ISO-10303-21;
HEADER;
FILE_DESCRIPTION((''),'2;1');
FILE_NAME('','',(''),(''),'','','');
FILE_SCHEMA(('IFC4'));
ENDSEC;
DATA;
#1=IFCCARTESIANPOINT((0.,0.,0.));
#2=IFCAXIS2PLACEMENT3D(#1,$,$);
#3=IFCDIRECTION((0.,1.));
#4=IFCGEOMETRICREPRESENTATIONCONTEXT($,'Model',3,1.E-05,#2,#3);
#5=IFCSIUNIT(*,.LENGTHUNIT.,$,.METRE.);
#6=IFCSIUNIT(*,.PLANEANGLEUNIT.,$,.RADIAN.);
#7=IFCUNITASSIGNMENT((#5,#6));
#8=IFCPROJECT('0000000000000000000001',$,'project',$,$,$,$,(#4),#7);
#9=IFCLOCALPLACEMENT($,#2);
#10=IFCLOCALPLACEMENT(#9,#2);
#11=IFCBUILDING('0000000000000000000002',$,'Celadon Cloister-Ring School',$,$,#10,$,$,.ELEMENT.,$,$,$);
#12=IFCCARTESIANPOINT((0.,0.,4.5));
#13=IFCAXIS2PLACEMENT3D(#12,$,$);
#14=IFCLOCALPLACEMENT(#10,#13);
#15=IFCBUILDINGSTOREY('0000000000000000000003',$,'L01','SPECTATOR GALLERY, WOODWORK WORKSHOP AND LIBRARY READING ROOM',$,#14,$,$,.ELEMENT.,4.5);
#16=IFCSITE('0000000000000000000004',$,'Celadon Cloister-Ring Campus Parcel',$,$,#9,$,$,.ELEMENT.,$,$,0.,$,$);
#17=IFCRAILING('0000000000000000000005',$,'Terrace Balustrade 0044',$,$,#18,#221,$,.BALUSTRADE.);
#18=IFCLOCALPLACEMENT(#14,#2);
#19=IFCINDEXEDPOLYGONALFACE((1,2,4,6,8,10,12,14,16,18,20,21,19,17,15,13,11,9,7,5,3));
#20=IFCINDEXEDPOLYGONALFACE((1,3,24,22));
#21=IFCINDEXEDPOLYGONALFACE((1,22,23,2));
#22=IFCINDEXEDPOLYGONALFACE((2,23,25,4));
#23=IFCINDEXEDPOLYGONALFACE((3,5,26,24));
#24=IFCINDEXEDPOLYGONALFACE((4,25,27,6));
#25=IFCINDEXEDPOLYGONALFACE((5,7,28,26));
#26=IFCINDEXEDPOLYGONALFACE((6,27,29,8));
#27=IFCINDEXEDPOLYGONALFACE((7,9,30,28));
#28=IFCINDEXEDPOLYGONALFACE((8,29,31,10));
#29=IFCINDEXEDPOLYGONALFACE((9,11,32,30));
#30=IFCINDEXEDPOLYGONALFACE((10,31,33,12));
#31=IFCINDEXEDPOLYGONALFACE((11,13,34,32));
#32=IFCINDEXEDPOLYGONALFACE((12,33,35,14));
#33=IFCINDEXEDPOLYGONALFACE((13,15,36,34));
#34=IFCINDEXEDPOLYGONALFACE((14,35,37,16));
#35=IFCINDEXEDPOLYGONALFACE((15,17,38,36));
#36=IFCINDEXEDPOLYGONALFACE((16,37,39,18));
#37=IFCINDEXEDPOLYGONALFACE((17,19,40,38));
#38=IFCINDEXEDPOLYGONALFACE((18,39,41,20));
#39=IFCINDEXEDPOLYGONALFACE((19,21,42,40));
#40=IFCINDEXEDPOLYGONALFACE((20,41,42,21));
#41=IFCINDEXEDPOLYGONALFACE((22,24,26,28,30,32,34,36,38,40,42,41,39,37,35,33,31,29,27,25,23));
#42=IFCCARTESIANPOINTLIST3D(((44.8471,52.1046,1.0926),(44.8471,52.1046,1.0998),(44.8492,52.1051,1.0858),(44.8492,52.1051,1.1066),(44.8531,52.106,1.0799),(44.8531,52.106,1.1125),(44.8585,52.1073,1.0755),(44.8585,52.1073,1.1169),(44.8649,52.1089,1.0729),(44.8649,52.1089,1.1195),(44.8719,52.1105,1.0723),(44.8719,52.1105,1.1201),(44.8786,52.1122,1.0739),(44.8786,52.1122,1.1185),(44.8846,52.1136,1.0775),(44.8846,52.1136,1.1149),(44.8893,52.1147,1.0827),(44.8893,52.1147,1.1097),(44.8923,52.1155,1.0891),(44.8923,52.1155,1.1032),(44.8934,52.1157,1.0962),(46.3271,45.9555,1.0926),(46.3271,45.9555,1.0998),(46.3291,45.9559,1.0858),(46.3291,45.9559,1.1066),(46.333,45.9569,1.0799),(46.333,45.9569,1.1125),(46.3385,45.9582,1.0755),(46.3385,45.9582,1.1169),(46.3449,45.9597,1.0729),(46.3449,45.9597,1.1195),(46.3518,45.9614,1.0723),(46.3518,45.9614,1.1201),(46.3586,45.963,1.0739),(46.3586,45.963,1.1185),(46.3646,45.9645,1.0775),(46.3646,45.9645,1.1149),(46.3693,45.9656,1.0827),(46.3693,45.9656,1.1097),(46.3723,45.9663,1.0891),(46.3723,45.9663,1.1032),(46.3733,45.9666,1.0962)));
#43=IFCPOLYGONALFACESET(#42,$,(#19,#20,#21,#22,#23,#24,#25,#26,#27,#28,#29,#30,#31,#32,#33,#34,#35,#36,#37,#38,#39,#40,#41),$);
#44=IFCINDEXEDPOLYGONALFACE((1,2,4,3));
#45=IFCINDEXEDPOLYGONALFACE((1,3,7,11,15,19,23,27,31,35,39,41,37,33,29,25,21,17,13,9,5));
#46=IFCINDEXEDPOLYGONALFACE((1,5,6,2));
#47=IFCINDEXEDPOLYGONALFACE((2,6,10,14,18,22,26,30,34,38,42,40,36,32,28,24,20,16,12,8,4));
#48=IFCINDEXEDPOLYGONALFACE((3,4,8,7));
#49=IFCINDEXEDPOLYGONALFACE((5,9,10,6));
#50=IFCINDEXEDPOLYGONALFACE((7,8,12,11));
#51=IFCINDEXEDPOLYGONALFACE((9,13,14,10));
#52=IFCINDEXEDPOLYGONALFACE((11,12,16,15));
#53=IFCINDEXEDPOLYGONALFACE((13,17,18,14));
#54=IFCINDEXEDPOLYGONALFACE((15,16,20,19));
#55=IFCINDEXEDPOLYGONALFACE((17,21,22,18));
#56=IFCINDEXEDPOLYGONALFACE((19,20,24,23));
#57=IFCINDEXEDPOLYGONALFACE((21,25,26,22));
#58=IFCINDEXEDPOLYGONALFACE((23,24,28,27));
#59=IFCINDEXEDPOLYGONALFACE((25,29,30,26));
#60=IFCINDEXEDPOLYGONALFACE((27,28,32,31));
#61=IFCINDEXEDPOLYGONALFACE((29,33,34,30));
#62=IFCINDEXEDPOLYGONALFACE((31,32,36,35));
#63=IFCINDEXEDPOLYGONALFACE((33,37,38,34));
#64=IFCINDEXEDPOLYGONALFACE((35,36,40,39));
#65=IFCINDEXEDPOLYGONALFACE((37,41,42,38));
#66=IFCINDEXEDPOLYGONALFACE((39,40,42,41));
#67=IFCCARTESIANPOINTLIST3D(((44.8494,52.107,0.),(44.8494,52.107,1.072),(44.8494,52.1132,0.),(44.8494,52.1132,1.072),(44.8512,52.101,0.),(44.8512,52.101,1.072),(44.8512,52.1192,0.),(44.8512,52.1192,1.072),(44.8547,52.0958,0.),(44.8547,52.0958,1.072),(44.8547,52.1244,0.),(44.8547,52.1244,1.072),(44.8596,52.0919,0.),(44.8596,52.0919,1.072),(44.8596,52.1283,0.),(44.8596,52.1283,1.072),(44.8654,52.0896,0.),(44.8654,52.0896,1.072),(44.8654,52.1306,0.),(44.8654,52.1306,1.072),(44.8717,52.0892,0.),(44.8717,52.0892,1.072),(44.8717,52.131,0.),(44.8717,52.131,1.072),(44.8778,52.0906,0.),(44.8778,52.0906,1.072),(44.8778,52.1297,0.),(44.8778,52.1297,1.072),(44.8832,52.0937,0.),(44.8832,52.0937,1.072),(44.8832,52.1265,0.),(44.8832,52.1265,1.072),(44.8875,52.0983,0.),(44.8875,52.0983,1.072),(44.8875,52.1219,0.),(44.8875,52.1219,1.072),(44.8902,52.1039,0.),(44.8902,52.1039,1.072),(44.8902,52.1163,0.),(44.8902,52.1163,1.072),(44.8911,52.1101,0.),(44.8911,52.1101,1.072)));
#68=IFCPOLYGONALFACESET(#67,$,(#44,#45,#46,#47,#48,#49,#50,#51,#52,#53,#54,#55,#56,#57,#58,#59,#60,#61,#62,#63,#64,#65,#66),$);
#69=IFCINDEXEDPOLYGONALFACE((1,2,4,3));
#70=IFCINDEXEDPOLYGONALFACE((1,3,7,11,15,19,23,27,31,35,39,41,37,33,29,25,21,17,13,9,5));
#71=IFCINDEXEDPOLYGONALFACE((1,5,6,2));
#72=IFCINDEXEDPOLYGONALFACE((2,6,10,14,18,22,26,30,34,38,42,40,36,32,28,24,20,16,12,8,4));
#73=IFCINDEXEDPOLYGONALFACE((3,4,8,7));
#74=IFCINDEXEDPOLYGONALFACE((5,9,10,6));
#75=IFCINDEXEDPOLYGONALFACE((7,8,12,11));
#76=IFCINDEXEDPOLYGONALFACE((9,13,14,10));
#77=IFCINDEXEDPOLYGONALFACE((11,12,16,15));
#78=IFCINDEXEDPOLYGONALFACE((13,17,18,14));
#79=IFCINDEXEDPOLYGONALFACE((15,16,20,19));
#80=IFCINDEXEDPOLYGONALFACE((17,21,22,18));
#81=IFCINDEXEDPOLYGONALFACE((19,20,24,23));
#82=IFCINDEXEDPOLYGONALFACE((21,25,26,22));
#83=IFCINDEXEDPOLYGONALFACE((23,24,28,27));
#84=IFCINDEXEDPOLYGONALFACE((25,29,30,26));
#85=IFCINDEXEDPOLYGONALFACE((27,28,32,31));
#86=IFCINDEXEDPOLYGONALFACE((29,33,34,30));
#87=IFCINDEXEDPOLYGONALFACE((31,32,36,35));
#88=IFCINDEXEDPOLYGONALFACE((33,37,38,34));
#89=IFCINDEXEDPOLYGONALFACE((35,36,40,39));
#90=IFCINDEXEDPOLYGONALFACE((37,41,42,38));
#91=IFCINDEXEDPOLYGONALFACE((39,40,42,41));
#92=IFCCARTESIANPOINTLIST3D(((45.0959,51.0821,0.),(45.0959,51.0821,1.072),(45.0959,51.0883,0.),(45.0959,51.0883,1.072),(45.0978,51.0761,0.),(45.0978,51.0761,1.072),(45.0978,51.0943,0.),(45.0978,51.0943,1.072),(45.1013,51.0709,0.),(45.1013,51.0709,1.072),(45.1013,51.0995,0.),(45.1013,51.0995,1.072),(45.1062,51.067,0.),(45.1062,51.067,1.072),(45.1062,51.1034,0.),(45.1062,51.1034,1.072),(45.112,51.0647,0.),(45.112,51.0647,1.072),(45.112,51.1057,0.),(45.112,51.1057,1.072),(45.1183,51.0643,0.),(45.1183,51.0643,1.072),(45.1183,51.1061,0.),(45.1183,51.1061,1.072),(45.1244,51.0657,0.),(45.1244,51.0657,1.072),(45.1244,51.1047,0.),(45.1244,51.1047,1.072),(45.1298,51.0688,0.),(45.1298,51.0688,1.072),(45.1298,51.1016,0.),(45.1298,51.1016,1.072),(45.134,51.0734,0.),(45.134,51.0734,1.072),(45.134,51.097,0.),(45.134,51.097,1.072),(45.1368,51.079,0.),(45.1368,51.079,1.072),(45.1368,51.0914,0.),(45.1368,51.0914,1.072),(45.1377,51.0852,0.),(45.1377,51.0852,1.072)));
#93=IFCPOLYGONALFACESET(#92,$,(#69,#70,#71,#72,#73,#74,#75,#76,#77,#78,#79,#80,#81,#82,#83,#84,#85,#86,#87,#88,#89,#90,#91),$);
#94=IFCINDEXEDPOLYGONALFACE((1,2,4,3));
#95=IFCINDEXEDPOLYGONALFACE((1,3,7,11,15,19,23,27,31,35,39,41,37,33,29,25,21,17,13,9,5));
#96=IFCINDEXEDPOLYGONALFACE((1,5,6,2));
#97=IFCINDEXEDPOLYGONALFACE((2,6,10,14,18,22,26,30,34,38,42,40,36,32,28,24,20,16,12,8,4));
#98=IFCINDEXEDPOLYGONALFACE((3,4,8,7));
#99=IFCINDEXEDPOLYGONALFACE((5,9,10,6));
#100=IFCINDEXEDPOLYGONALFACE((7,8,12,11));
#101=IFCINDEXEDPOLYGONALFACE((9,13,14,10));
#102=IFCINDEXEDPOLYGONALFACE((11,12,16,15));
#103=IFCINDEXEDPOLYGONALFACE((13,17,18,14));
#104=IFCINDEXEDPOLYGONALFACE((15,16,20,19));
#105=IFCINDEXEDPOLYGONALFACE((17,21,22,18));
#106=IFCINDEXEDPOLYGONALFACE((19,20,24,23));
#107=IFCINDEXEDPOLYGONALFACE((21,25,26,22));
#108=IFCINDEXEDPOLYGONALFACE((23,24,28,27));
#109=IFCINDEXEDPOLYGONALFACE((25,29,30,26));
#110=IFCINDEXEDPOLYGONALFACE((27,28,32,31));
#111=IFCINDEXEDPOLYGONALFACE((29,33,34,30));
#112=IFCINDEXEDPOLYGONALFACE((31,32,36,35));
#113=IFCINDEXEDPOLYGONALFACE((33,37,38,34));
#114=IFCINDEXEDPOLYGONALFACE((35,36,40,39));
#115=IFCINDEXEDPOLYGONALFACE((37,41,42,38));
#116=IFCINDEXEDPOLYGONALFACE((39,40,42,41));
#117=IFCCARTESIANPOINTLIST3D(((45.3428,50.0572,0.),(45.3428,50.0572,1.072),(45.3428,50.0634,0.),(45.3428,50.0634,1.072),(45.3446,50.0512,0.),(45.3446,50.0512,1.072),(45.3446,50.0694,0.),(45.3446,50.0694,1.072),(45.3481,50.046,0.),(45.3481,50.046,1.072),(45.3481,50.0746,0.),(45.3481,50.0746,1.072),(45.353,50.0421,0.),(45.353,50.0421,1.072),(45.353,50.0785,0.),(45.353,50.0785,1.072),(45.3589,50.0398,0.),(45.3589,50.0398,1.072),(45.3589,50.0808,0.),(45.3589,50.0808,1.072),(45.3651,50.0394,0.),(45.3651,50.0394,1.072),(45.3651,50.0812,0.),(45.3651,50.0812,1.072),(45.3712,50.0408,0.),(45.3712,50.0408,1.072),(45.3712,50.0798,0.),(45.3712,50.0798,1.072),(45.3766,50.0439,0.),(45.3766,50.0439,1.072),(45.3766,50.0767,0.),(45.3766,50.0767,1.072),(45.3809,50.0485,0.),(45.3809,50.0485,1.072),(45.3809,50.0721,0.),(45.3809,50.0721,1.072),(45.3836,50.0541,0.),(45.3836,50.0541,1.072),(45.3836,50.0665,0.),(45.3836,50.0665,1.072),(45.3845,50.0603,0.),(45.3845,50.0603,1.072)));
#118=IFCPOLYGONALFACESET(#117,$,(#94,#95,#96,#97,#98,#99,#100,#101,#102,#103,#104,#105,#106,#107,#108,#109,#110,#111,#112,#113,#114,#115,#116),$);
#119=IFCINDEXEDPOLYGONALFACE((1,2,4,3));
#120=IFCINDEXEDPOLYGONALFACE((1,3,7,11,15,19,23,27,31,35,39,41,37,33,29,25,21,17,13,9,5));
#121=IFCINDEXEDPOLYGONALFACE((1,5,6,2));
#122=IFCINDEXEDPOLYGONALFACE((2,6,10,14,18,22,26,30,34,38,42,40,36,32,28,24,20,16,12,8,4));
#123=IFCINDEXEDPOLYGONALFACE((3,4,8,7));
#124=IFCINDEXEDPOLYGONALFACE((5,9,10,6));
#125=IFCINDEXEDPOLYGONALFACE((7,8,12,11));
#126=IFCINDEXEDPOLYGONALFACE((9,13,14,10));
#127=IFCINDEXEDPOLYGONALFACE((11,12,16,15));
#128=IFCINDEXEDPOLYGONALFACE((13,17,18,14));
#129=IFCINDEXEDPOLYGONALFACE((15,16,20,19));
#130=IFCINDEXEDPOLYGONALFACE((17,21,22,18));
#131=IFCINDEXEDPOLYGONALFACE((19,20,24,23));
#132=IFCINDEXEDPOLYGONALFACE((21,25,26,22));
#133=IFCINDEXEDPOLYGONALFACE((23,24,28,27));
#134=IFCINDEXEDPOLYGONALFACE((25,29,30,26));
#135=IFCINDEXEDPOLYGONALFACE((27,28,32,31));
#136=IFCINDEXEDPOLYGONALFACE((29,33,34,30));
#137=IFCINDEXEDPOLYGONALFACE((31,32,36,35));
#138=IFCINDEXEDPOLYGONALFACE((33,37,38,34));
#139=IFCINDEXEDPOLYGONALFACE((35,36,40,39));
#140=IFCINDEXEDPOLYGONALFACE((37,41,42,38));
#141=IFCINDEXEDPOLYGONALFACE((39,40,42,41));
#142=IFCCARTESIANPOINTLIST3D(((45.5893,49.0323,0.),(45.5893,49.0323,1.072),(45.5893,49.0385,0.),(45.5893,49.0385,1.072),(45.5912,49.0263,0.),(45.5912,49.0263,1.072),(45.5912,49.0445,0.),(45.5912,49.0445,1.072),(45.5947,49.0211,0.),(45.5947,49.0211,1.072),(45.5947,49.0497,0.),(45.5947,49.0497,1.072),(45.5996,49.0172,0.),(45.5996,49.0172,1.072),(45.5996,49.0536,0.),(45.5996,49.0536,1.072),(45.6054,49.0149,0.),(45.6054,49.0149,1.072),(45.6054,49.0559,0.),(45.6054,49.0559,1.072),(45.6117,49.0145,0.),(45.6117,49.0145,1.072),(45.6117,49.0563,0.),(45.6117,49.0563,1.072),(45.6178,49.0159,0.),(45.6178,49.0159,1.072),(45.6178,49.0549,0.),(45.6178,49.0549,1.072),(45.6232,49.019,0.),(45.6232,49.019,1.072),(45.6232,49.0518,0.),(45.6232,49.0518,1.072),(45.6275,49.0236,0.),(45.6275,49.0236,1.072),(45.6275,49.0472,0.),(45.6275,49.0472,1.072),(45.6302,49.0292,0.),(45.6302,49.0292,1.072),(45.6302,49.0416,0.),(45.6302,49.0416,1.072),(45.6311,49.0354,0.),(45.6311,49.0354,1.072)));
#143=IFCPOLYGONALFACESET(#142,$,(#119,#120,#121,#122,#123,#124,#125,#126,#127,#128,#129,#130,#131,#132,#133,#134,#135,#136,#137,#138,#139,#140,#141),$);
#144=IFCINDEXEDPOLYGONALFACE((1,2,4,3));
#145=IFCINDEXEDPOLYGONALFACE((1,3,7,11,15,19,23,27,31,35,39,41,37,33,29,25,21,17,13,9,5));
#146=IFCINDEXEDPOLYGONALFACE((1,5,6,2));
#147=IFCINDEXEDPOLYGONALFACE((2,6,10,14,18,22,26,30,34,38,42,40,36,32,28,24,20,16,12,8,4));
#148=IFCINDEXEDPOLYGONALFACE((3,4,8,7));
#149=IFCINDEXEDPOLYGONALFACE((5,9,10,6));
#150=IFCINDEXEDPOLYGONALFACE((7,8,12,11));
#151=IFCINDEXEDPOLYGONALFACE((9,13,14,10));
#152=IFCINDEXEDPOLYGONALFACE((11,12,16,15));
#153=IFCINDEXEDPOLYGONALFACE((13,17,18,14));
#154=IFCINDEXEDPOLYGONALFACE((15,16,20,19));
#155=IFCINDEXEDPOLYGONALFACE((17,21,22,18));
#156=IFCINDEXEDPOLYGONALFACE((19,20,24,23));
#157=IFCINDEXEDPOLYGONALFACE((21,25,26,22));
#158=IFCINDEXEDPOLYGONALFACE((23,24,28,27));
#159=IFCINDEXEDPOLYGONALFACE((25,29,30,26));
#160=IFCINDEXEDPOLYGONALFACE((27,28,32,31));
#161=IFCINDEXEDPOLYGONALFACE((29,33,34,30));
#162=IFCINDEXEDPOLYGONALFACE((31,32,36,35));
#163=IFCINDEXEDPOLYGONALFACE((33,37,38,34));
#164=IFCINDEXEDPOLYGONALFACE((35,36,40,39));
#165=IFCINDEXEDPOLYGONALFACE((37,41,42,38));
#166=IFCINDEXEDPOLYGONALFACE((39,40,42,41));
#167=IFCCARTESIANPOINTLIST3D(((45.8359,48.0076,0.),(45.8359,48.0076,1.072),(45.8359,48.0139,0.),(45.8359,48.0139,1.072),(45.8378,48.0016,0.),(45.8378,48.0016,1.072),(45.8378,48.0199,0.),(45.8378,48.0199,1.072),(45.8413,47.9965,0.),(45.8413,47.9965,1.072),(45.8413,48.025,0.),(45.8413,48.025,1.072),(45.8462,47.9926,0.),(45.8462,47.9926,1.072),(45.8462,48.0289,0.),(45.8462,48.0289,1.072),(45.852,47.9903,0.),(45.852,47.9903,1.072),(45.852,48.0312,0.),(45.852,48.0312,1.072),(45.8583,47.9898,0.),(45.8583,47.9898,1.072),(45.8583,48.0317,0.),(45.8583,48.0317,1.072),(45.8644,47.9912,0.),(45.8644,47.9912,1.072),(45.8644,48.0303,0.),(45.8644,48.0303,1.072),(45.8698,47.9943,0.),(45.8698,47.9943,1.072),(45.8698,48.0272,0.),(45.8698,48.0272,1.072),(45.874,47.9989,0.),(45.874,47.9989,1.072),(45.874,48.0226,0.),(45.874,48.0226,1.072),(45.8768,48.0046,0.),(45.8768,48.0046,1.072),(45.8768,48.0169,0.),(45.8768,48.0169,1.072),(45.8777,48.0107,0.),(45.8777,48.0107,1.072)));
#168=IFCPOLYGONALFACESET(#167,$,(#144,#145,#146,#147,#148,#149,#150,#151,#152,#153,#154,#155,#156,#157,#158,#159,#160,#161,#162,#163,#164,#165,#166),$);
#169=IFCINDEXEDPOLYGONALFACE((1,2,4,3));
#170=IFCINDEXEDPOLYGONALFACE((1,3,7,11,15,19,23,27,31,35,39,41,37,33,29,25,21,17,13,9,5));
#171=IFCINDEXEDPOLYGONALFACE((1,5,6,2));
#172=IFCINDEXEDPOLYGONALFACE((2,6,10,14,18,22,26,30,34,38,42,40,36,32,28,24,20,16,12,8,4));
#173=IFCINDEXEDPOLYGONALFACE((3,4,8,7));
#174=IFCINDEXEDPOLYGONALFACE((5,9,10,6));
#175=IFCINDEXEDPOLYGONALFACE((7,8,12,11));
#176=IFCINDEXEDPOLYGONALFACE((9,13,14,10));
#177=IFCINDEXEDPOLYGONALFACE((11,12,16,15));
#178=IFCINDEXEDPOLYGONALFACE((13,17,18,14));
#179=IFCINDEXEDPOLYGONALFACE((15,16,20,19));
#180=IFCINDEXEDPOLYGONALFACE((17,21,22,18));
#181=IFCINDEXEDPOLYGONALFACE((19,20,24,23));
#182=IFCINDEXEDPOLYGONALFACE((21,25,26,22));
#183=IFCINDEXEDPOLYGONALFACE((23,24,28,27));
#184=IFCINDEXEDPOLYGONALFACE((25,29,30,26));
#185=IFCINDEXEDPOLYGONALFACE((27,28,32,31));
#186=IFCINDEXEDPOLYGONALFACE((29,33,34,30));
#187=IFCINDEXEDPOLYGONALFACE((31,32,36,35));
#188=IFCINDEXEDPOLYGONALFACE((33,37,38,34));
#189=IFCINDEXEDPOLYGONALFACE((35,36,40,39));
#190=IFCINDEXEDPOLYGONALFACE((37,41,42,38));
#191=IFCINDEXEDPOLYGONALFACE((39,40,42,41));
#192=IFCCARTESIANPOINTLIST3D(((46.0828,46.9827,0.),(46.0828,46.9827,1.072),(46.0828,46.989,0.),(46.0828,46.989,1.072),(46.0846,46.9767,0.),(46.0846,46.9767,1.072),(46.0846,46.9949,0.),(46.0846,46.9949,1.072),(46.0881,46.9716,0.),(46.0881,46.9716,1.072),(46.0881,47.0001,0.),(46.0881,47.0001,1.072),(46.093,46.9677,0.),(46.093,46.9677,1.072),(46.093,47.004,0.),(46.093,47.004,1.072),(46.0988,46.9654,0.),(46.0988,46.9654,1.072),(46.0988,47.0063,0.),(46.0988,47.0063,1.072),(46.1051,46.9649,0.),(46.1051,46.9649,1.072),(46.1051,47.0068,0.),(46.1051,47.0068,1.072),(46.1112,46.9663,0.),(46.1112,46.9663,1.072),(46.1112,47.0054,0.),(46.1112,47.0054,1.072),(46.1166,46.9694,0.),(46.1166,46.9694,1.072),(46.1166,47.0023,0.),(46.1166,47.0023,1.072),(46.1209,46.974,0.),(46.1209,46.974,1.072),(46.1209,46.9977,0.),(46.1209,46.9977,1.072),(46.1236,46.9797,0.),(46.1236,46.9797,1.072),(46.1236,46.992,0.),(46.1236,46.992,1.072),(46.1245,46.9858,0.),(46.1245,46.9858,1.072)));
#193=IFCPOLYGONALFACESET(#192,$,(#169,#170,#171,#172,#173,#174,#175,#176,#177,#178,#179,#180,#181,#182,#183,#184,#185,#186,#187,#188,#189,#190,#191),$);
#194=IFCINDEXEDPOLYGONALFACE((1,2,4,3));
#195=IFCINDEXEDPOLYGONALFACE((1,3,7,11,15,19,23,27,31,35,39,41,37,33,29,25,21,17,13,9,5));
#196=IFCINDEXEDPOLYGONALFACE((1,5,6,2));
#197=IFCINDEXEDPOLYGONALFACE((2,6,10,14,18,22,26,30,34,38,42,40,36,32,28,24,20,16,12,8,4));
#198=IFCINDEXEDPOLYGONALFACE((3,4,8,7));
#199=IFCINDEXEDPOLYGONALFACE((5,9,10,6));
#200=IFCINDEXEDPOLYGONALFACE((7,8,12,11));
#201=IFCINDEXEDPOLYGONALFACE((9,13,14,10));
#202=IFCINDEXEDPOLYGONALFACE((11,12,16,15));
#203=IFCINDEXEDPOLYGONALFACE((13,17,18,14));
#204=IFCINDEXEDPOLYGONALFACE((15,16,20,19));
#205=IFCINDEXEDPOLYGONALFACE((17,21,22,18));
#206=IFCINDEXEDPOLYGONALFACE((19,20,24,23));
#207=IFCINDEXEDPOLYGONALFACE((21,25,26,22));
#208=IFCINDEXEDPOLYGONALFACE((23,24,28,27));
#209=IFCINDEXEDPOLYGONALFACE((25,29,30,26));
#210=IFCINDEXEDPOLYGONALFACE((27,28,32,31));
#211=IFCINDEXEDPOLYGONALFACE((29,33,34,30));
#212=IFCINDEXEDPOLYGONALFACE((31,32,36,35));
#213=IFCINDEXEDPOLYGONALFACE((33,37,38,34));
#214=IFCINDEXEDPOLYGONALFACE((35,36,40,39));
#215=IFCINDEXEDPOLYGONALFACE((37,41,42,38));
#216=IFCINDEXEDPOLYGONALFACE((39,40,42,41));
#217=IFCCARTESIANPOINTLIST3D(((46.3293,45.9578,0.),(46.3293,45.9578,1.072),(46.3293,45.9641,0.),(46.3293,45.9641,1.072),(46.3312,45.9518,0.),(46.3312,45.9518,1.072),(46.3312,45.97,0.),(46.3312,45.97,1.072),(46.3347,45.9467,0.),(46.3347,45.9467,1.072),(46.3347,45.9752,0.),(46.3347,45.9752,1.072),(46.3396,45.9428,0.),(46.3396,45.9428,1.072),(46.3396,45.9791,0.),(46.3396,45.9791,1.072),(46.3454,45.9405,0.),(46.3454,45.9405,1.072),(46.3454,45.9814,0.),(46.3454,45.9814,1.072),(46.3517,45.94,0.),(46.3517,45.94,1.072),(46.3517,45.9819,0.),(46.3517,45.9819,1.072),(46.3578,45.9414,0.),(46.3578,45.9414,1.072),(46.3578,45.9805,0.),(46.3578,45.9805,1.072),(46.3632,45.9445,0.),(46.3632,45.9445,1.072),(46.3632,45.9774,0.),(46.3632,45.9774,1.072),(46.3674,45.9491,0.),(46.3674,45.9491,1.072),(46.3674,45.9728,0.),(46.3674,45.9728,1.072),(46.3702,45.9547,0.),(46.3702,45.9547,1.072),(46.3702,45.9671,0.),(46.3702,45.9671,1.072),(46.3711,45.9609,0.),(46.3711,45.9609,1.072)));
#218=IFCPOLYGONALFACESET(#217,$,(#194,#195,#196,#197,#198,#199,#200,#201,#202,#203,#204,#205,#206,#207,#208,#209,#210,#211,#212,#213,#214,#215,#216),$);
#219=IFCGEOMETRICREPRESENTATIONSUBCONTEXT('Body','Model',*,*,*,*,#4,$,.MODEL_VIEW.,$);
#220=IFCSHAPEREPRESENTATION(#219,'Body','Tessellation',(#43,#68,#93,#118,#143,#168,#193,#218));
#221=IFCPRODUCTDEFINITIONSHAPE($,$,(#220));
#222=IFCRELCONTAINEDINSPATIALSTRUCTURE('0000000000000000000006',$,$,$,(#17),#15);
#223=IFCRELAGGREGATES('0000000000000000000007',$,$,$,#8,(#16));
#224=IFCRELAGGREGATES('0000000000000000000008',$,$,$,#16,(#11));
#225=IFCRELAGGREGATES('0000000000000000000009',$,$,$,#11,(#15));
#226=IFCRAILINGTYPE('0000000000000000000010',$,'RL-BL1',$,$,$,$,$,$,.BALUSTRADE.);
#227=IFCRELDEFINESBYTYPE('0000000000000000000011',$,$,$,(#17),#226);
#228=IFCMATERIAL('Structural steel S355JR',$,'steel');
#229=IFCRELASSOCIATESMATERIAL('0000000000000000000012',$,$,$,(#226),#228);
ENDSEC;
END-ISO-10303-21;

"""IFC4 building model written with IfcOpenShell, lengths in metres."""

from ifc_helpers import new_model, si_unit, direction, frame, origin, origin_2d, place, context, subcontext, project, spatial, circle, extrude, material, type_object, element, save


model = new_model("IFC4")

# Units and contexts
model_context = context("Model", 3, precision=1e-05, world=origin(), true_north=direction((0.0, 1.0)))
body_context = subcontext(model_context, "Body", "Model", "MODEL_VIEW")
ifc_project = project(units=[si_unit("LENGTHUNIT", "METRE"), si_unit("PLANEANGLEUNIT", "RADIAN")], contexts=[model_context])

# Site, building, storey
site_placement = place(None, origin())
site = spatial("IfcSite", under=ifc_project, at=site_placement, Name="Celadon Cloister-Ring Campus Parcel", CompositionType="ELEMENT", RefElevation=0.0)
building_placement = place(site_placement, origin())
building = spatial("IfcBuilding", under=site, at=building_placement, Name="Celadon Cloister-Ring School", CompositionType="ELEMENT")
storey_placement = place(building_placement, frame((0.0, 0.0, 4.5)))
storey = spatial("IfcBuildingStorey", under=building, at=storey_placement, Name="L01", Description="SPECTATOR GALLERY, WOODWORK WORKSHOP AND LIBRARY READING ROOM", CompositionType="ELEMENT", Elevation=4.5)

# Railing
ifc_material_1 = material(Name="Structural steel S355JR", Category="steel")
railing_type = type_object("IfcRailingType", Name="RL-BL1", PredefinedType="BALUSTRADE", material=ifc_material_1)
railing_placement = place(storey_placement, frame((44.8701, 52.1101, 0.0)))
element("IfcRailing", 1, at=railing_placement, inside=storey, type_object=railing_type, Name="Terrace Balustrade 0044", PredefinedType="BALUSTRADE", context=body_context, shape_type="SweptSolid", body=[
    extrude(circle(Radius=0.0239, at=origin_2d()), frame((0.0, 0.0, 1.0962), z_axis=(0.233998, -0.972237, 0.0), x_axis=(0.972237, 0.233998, 0.0)), (0.0, 0.0, 1.0), 6.3247),
    extrude(circle(Radius=0.021, at=origin_2d()), origin(), (0.0, 0.0, 1.0), 1.072),
    extrude(circle(Radius=0.021, at=origin_2d()), frame((0.2466, -1.0249, 0.0)), (0.0, 0.0, 1.0), 1.072),
    extrude(circle(Radius=0.021, at=origin_2d()), frame((0.4934, -2.0498, 0.0)), (0.0, 0.0, 1.0), 1.072),
    extrude(circle(Radius=0.021, at=origin_2d()), frame((0.74, -3.0747, 0.0)), (0.0, 0.0, 1.0), 1.072),
    extrude(circle(Radius=0.021, at=origin_2d()), frame((0.9866, -4.0994, 0.0)), (0.0, 0.0, 1.0), 1.072),
    extrude(circle(Radius=0.021, at=origin_2d()), frame((1.2334, -5.1243, 0.0)), (0.0, 0.0, 1.0), 1.072),
    extrude(circle(Radius=0.021, at=origin_2d()), frame((1.48, -6.1492, 0.0)), (0.0, 0.0, 1.0), 1.072),
])

save(model, "model.ifc")
